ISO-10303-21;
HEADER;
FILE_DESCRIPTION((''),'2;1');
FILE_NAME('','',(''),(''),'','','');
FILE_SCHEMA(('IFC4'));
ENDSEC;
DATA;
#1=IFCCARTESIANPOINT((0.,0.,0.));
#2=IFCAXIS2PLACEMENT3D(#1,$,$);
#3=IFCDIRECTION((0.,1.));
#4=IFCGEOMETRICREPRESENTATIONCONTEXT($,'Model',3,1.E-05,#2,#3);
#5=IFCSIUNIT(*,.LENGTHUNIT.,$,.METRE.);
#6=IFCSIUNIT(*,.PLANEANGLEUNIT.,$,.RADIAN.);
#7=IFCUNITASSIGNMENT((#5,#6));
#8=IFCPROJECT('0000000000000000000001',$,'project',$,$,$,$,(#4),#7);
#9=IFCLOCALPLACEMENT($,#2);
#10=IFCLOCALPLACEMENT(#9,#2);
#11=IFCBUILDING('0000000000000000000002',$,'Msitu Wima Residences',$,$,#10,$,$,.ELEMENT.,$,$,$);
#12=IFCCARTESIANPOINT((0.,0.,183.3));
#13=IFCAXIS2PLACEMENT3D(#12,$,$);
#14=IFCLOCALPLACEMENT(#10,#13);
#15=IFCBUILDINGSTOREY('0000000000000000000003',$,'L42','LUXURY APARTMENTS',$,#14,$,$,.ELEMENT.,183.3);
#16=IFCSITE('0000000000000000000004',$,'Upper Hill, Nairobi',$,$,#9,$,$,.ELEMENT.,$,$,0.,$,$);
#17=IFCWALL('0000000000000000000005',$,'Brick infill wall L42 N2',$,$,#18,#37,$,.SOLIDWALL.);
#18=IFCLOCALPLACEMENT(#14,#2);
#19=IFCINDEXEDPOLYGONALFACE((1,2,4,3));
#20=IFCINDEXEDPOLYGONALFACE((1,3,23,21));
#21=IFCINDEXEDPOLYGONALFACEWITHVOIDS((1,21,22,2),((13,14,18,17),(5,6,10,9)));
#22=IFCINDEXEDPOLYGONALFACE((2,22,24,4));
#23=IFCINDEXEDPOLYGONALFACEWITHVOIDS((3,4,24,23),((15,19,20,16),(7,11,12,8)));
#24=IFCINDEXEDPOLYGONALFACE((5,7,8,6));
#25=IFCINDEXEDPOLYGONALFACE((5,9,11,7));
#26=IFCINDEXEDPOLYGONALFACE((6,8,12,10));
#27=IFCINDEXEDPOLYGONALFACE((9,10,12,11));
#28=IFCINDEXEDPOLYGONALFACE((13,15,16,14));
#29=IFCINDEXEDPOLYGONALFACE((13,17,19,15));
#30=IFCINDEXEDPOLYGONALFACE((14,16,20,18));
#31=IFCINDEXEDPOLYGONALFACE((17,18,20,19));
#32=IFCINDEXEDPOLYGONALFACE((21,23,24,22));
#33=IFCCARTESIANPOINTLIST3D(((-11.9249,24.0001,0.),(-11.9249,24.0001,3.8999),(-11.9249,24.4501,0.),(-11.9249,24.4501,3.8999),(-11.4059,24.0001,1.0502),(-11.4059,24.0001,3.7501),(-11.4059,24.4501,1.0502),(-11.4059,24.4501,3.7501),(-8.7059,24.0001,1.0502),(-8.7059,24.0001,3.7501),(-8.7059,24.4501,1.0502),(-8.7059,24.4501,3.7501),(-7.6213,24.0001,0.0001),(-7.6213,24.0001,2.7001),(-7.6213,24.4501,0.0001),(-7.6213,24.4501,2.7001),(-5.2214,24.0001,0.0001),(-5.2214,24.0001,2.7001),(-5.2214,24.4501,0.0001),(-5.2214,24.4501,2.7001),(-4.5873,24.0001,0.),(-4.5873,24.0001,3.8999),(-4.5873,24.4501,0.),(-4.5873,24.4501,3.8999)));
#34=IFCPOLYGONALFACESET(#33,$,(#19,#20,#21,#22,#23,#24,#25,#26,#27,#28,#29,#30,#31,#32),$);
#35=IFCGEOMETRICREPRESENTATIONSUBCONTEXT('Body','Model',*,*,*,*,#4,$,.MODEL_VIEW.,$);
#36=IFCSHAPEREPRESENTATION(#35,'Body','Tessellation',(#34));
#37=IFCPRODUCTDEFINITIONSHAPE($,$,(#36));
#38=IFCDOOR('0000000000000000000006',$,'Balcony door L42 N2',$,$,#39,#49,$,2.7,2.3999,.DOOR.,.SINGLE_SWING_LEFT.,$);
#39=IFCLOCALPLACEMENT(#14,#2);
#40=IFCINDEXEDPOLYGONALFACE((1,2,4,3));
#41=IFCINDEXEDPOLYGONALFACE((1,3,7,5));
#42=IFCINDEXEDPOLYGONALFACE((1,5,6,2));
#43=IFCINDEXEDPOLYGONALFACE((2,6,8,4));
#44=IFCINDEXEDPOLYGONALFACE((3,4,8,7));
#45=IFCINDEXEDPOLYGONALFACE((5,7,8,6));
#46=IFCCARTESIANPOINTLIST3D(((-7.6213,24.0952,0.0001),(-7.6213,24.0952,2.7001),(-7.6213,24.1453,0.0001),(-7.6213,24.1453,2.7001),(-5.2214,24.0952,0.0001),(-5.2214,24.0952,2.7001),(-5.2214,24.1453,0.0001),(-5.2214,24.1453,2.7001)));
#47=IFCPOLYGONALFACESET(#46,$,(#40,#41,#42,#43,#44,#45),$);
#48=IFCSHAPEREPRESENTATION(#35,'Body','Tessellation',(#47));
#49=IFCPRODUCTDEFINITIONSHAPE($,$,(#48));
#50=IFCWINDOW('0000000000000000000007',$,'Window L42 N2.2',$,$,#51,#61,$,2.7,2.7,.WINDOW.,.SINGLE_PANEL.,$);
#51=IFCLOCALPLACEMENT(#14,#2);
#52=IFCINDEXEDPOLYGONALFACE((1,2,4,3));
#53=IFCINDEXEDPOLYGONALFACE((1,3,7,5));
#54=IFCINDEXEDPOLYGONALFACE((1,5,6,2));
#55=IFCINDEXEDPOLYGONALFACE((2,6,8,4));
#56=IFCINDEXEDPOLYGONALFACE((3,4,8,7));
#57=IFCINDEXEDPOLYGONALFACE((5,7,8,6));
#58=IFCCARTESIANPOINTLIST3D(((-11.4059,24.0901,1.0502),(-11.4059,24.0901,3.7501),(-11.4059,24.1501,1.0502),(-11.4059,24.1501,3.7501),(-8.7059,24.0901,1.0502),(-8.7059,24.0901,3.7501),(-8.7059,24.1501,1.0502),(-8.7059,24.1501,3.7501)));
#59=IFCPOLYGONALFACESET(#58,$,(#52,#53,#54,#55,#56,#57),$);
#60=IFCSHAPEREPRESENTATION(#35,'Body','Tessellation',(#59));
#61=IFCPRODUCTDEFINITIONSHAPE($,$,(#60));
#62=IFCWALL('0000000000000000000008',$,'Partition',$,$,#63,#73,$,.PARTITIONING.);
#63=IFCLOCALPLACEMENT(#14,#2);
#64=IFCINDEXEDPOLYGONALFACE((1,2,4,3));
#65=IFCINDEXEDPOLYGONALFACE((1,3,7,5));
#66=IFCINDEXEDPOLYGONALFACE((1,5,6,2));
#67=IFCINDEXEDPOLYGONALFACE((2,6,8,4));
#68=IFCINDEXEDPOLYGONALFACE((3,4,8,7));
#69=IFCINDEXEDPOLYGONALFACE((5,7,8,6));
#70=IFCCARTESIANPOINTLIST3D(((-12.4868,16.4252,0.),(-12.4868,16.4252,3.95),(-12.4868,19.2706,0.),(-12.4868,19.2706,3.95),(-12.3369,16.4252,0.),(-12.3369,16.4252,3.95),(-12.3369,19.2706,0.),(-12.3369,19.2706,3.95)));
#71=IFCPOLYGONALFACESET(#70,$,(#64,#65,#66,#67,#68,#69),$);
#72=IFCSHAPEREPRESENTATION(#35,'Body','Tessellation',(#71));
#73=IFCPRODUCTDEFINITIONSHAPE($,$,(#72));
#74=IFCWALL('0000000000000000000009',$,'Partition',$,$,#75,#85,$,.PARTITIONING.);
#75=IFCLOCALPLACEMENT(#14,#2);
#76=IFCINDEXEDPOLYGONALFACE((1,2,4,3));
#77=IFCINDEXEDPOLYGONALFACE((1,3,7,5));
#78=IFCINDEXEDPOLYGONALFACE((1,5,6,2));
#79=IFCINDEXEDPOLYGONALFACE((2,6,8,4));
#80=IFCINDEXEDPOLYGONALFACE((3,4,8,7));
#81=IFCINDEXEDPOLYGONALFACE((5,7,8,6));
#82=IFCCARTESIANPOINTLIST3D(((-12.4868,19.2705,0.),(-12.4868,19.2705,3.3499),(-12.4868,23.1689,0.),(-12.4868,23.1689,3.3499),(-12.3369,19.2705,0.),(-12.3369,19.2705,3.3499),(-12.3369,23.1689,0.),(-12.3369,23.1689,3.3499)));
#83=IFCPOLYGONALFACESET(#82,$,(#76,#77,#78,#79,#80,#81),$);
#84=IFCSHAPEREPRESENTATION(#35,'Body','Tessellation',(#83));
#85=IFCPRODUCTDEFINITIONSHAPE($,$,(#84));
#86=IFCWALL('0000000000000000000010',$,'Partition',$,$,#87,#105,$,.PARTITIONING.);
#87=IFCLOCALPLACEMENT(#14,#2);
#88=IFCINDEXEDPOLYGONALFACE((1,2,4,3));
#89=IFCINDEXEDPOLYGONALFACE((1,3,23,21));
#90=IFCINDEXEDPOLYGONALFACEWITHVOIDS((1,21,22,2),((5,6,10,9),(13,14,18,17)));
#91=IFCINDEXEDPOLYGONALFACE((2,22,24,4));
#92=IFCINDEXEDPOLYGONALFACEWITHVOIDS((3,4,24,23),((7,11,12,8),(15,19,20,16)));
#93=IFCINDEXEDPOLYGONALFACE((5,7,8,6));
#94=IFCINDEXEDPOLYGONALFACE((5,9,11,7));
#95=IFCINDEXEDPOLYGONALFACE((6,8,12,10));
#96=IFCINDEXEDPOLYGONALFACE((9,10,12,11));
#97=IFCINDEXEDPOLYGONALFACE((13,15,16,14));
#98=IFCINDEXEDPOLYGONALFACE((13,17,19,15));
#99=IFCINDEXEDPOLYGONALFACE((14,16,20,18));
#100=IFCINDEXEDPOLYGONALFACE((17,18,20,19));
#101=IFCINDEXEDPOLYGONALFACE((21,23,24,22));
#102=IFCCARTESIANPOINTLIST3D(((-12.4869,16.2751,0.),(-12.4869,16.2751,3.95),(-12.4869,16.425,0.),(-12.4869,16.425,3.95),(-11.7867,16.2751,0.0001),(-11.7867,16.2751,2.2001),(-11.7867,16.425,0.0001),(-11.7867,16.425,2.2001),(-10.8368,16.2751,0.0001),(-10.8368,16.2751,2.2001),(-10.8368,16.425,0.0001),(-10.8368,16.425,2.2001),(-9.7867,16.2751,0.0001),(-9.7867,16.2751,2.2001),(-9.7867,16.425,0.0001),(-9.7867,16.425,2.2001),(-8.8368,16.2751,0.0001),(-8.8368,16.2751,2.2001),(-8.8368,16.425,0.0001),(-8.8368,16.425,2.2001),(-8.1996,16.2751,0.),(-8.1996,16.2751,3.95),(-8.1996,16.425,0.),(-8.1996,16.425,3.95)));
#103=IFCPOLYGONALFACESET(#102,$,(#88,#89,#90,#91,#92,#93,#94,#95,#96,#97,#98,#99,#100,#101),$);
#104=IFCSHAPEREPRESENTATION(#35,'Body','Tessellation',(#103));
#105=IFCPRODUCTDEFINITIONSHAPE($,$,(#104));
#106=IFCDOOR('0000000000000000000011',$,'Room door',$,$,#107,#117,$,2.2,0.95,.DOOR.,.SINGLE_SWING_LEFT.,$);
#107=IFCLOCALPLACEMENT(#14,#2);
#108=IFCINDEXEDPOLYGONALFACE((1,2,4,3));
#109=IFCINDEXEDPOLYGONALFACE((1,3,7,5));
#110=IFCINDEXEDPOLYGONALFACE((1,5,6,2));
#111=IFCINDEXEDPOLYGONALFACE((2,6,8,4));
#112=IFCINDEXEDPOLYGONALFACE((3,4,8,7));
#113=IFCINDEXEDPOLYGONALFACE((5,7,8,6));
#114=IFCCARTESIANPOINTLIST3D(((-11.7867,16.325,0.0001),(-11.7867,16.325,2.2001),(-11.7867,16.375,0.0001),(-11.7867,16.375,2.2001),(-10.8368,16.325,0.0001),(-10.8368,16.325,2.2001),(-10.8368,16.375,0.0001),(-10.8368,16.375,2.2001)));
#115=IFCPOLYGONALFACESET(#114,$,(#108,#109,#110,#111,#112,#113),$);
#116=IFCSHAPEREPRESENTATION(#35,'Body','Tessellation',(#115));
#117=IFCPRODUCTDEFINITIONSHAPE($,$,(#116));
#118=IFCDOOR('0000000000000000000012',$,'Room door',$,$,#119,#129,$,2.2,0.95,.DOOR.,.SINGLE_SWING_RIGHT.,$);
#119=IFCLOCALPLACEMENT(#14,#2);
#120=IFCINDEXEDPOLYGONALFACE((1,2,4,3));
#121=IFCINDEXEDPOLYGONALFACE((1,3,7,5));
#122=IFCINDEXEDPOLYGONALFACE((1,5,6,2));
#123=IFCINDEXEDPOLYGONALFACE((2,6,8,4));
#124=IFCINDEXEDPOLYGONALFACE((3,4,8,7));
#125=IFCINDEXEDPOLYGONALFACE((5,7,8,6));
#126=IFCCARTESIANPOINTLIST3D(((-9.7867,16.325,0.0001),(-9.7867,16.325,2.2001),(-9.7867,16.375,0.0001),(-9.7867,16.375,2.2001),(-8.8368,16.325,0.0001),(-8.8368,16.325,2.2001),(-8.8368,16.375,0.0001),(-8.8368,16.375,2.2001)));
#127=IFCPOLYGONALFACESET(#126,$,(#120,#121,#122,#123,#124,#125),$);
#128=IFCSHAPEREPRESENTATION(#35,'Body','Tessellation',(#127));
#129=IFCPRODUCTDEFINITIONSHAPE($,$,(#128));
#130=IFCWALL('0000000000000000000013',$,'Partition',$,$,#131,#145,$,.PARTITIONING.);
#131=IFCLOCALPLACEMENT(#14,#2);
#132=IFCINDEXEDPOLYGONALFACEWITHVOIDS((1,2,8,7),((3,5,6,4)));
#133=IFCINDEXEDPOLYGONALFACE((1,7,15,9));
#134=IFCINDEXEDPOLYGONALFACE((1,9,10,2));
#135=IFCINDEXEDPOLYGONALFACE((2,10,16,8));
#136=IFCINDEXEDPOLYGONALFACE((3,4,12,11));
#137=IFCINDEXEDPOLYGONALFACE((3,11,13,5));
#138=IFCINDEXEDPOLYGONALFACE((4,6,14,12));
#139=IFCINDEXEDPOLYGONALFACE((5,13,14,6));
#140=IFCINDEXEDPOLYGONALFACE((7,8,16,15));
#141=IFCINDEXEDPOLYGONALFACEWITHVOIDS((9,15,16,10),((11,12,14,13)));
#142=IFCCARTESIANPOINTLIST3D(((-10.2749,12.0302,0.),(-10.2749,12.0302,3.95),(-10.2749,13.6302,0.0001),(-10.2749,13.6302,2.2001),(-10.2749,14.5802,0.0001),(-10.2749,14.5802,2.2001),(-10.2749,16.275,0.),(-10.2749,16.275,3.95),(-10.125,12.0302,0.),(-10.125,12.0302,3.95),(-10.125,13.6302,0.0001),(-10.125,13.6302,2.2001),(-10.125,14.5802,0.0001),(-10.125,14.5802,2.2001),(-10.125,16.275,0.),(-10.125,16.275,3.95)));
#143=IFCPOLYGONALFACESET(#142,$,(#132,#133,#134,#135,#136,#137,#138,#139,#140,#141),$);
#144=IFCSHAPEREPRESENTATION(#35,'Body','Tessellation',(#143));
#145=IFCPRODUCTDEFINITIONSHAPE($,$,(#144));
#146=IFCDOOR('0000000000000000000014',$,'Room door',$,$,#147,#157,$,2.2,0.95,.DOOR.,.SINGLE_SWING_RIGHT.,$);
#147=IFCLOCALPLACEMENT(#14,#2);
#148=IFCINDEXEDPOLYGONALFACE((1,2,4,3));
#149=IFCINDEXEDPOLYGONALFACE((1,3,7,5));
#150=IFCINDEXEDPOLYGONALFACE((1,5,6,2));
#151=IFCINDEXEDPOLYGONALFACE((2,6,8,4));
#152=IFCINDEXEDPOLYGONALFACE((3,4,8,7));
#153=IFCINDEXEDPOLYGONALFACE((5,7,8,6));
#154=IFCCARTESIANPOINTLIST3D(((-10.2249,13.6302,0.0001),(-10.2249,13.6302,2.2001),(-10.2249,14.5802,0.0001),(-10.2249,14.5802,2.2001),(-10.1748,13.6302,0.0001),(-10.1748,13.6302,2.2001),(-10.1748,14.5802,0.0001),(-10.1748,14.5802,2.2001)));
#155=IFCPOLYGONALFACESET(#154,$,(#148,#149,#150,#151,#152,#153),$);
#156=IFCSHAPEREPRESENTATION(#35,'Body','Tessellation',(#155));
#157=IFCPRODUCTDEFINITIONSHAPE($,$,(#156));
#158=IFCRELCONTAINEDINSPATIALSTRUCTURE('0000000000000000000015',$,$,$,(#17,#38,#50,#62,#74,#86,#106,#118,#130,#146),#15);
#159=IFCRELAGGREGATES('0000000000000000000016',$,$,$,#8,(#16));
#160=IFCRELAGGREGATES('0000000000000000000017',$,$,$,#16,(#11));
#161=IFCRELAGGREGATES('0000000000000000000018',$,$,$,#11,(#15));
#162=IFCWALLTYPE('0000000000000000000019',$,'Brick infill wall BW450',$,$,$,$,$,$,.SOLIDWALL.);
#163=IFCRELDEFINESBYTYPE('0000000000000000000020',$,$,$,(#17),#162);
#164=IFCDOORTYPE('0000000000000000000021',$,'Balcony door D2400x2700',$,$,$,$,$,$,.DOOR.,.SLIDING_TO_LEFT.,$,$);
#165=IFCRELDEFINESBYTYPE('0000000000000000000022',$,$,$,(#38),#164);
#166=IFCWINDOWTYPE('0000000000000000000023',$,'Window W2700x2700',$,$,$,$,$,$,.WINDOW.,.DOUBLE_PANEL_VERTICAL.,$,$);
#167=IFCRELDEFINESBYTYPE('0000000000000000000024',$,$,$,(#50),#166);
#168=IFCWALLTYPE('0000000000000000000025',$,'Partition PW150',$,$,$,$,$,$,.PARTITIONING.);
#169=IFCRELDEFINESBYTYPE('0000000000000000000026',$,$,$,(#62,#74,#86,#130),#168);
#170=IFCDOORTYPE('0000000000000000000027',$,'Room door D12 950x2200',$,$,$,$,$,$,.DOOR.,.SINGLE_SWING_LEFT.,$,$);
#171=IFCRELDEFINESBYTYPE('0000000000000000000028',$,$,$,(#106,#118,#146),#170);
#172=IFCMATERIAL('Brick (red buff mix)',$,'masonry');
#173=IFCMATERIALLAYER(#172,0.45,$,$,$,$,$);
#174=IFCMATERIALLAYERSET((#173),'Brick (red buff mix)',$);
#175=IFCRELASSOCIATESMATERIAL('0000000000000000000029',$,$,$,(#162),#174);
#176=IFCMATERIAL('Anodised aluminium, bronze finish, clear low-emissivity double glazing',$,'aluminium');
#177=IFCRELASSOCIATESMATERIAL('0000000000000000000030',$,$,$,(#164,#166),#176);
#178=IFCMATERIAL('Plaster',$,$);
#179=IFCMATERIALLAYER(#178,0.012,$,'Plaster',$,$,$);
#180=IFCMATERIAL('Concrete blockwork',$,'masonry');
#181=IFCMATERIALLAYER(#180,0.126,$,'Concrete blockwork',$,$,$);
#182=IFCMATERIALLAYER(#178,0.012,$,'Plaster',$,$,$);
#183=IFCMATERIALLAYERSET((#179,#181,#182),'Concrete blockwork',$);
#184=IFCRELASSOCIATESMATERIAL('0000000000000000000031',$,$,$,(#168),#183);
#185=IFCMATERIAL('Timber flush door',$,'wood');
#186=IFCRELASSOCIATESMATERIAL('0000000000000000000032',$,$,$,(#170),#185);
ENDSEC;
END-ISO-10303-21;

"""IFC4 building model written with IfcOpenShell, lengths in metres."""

from ifc_helpers import new_model, si_unit, direction, frame, frame_2d, origin, place, context, subcontext, project, spatial, rectangle, extrude, material, layer, layer_set, type_object, element, fill, save


model = new_model("IFC4")

# Units and contexts
model_context = context("Model", 3, precision=1e-05, world=origin(), true_north=direction((0.0, 1.0)))
body_context = subcontext(model_context, "Body", "Model", "MODEL_VIEW")
ifc_project = project(units=[si_unit("LENGTHUNIT", "METRE"), si_unit("PLANEANGLEUNIT", "RADIAN")], contexts=[model_context])

# Site, building, storey
site_placement = place(None, origin())
site = spatial("IfcSite", under=ifc_project, at=site_placement, Name="Upper Hill, Nairobi", CompositionType="ELEMENT", RefElevation=0.0)
building_placement = place(site_placement, origin())
building = spatial("IfcBuilding", under=site, at=building_placement, Name="Msitu Wima Residences", CompositionType="ELEMENT")
storey_placement = place(building_placement, frame((0.0, 0.0, 183.3)))
storey = spatial("IfcBuildingStorey", under=building, at=storey_placement, Name="L42", Description="LUXURY APARTMENTS", CompositionType="ELEMENT", Elevation=183.3)

# Wall, openings, door, window
ifc_material_1 = material(Name="Brick (red buff mix)", Category="masonry")
ifc_layer_1 = layer(ifc_material_1, 0.45)
ifc_layer_set_1 = layer_set([ifc_layer_1], Name="Brick (red buff mix)")
wall_type_1 = type_object("IfcWallType", Name="Brick infill wall BW450", PredefinedType="SOLIDWALL", material=ifc_layer_set_1)
wall_1_placement = place(storey_placement, frame((-4.5872, 24.2251, 0.0), z_axis=(0.0, 0.0, 1.0), x_axis=(-1.0, 0.0, 0.0)))
wall_1 = element("IfcWall", 1, at=wall_1_placement, inside=storey, type_object=wall_type_1, Name="Brick infill wall L42 N2", PredefinedType="SOLIDWALL", context=body_context, shape_type="SweptSolid", body=[
    extrude(rectangle(XDim=7.3376, YDim=0.45, at=frame_2d((3.6689, 0.0))), origin(), (0.0, 0.0, 1.0), 3.8999),
])
opening_1_placement = place(wall_1_placement, frame((0.6343, 0.0, 0.0)))
opening_1 = element("IfcOpeningElement", 2, at=opening_1_placement, cuts=wall_1, PredefinedType="OPENING", context=body_context, shape_type="SweptSolid", body=[
    extrude(rectangle(XDim=2.3999, YDim=2.7, at=frame_2d((1.2, 1.3501))), frame((0.0, 0.2349, 0.0), z_axis=(0.0, -1.0, 0.0), x_axis=(1.0, 0.0, 0.0)), (0.0, 0.0, 1.0), 0.47),
])
opening_2_placement = place(wall_1_placement, frame((4.1187, 0.0, 1.05)))
opening_2 = element("IfcOpeningElement", 3, at=opening_2_placement, cuts=wall_1, PredefinedType="OPENING", context=body_context, shape_type="SweptSolid", body=[
    extrude(rectangle(XDim=2.7, YDim=2.7, at=frame_2d((1.3501, 1.3501))), frame((0.0, 0.2349, 0.0), z_axis=(0.0, -1.0, 0.0), x_axis=(1.0, 0.0, 0.0)), (0.0, 0.0, 1.0), 0.47),
])
ifc_material_2 = material(Name="Anodised aluminium, bronze finish, clear low-emissivity double glazing", Category="aluminium")
door_type_1 = type_object("IfcDoorType", Name="Balcony door D2400x2700", OperationType="SLIDING_TO_LEFT", PredefinedType="DOOR", material=ifc_material_2)
door_1_placement = place(opening_1_placement, origin())
door_1 = element("IfcDoor", 4, at=door_1_placement, inside=storey, type_object=door_type_1, Name="Balcony door L42 N2", OperationType="SINGLE_SWING_LEFT", OverallHeight=2.7, OverallWidth=2.3999, PredefinedType="DOOR", context=body_context, shape_type="SweptSolid", body=[
    extrude(rectangle(XDim=2.3999, YDim=2.7, at=frame_2d((1.2, 1.3501))), frame((0.0, 0.1299, 0.0), z_axis=(0.0, -1.0, 0.0), x_axis=(1.0, 0.0, 0.0)), (0.0, 0.0, 1.0), 0.05),
])
fill(opening_1, door_1)
window_type = type_object("IfcWindowType", Name="Window W2700x2700", PartitioningType="DOUBLE_PANEL_VERTICAL", PredefinedType="WINDOW", material=ifc_material_2)
window_placement = place(opening_2_placement, origin())
window = element("IfcWindow", 5, at=window_placement, inside=storey, type_object=window_type, Name="Window L42 N2.2", OverallHeight=2.7, OverallWidth=2.7, PartitioningType="SINGLE_PANEL", PredefinedType="WINDOW", context=body_context, shape_type="SweptSolid", body=[
    extrude(rectangle(XDim=2.7, YDim=2.7, at=frame_2d((1.3501, 1.3501))), frame((0.0, 0.135, 0.0), z_axis=(0.0, -1.0, 0.0), x_axis=(1.0, 0.0, 0.0)), (0.0, 0.0, 1.0), 0.0601),
])
fill(opening_2, window)

# Walls
ifc_material_3 = material(Name="Plaster")
ifc_layer_2 = layer(ifc_material_3, 0.012, Name="Plaster")
ifc_material_4 = material(Name="Concrete blockwork", Category="masonry")
ifc_layer_3 = layer(ifc_material_4, 0.126, Name="Concrete blockwork")
ifc_layer_4 = layer(ifc_material_3, 0.012, Name="Plaster")
ifc_layer_set_2 = layer_set([ifc_layer_2, ifc_layer_3, ifc_layer_4], Name="Concrete blockwork")
wall_type_2 = type_object("IfcWallType", Name="Partition PW150", PredefinedType="PARTITIONING", material=ifc_layer_set_2)
wall_2_placement = place(storey_placement, frame((-12.4119, 16.425, 0.0), z_axis=(0.0, 0.0, 1.0), x_axis=(0.0, 1.0, 0.0)))
element("IfcWall", 6, at=wall_2_placement, inside=storey, type_object=wall_type_2, Name="Partition", PredefinedType="PARTITIONING", context=body_context, shape_type="SweptSolid", body=[
    extrude(rectangle(XDim=2.8455, YDim=0.1499, at=frame_2d((1.4229, 0.0))), origin(), (0.0, 0.0, 1.0), 3.95),
])
wall_3_placement = place(storey_placement, frame((-12.4119, 19.2705, 0.0), z_axis=(0.0, 0.0, 1.0), x_axis=(0.0, 1.0, 0.0)))
element("IfcWall", 7, at=wall_3_placement, inside=storey, type_object=wall_type_2, Name="Partition", PredefinedType="PARTITIONING", context=body_context, shape_type="SweptSolid", body=[
    extrude(rectangle(XDim=3.8984, YDim=0.1499, at=frame_2d((1.9492, 0.0))), origin(), (0.0, 0.0, 1.0), 3.3499),
])

# Wall, openings, doors
wall_4_placement = place(storey_placement, frame((-12.4868, 16.3501, 0.0), z_axis=(0.0, 0.0, 1.0), x_axis=(1.0, 0.0, 0.0)))
wall_4 = element("IfcWall", 8, at=wall_4_placement, inside=storey, type_object=wall_type_2, Name="Partition", PredefinedType="PARTITIONING", context=body_context, shape_type="SweptSolid", body=[
    extrude(rectangle(XDim=4.2874, YDim=0.1499, at=frame_2d((2.1436, 0.0))), origin(), (0.0, 0.0, 1.0), 3.95),
])
opening_3_placement = place(wall_4_placement, frame((0.7, 0.0, 0.0)))
opening_3 = element("IfcOpeningElement", 9, at=opening_3_placement, cuts=wall_4, PredefinedType="OPENING", context=body_context, shape_type="SweptSolid", body=[
    extrude(rectangle(XDim=0.95, YDim=2.2, at=frame_2d((0.4751, 1.1001))), frame((0.0, 0.085, 0.0), z_axis=(0.0, -1.0, 0.0), x_axis=(1.0, 0.0, 0.0)), (0.0, 0.0, 1.0), 0.1699),
])
opening_4_placement = place(wall_4_placement, frame((2.7, 0.0, 0.0)))
opening_4 = element("IfcOpeningElement", 10, at=opening_4_placement, cuts=wall_4, PredefinedType="OPENING", context=body_context, shape_type="SweptSolid", body=[
    extrude(rectangle(XDim=0.95, YDim=2.2, at=frame_2d((0.4751, 1.1001))), frame((0.0, 0.085, 0.0), z_axis=(0.0, -1.0, 0.0), x_axis=(1.0, 0.0, 0.0)), (0.0, 0.0, 1.0), 0.1699),
])
ifc_material_5 = material(Name="Timber flush door", Category="wood")
door_type_2 = type_object("IfcDoorType", Name="Room door D12 950x2200", OperationType="SINGLE_SWING_LEFT", PredefinedType="DOOR", material=ifc_material_5)
door_2_placement = place(opening_3_placement, origin())
door_2 = element("IfcDoor", 11, at=door_2_placement, inside=storey, type_object=door_type_2, Name="Room door", OperationType="SINGLE_SWING_LEFT", OverallHeight=2.2, OverallWidth=0.95, PredefinedType="DOOR", context=body_context, shape_type="SweptSolid", body=[
    extrude(rectangle(XDim=0.95, YDim=2.2, at=frame_2d((0.4751, 1.1001))), frame((0.0, 0.0249, 0.0), z_axis=(0.0, -1.0, 0.0), x_axis=(1.0, 0.0, 0.0)), (0.0, 0.0, 1.0), 0.05),
])
fill(opening_3, door_2)
door_3_placement = place(opening_4_placement, origin())
door_3 = element("IfcDoor", 12, at=door_3_placement, inside=storey, type_object=door_type_2, Name="Room door", OperationType="SINGLE_SWING_RIGHT", OverallHeight=2.2, OverallWidth=0.95, PredefinedType="DOOR", context=body_context, shape_type="SweptSolid", body=[
    extrude(rectangle(XDim=0.95, YDim=2.2, at=frame_2d((0.4751, 1.1001))), frame((0.0, 0.0249, 0.0), z_axis=(0.0, -1.0, 0.0), x_axis=(1.0, 0.0, 0.0)), (0.0, 0.0, 1.0), 0.05),
])
fill(opening_4, door_3)

# Wall, opening, door
wall_5_placement = place(storey_placement, frame((-10.2, 12.03, 0.0), z_axis=(0.0, 0.0, 1.0), x_axis=(0.0, 1.0, 0.0)))
wall_5 = element("IfcWall", 13, at=wall_5_placement, inside=storey, type_object=wall_type_2, Name="Partition", PredefinedType="PARTITIONING", context=body_context, shape_type="SweptSolid", body=[
    extrude(rectangle(XDim=4.2449, YDim=0.1499, at=frame_2d((2.1226, 0.0))), origin(), (0.0, 0.0, 1.0), 3.95),
])
opening_5_placement = place(wall_5_placement, frame((1.6001, 0.0, 0.0)))
opening_5 = element("IfcOpeningElement", 14, at=opening_5_placement, cuts=wall_5, PredefinedType="OPENING", context=body_context, shape_type="SweptSolid", body=[
    extrude(rectangle(XDim=0.95, YDim=2.2, at=frame_2d((0.4751, 1.1001))), frame((0.0, 0.085, 0.0), z_axis=(0.0, -1.0, 0.0), x_axis=(1.0, 0.0, 0.0)), (0.0, 0.0, 1.0), 0.1699),
])
door_4_placement = place(opening_5_placement, origin())
door_4 = element("IfcDoor", 15, at=door_4_placement, inside=storey, type_object=door_type_2, Name="Room door", OperationType="SINGLE_SWING_RIGHT", OverallHeight=2.2, OverallWidth=0.95, PredefinedType="DOOR", context=body_context, shape_type="SweptSolid", body=[
    extrude(rectangle(XDim=0.95, YDim=2.2, at=frame_2d((0.4751, 1.1001))), frame((0.0, 0.0249, 0.0), z_axis=(0.0, -1.0, 0.0), x_axis=(1.0, 0.0, 0.0)), (0.0, 0.0, 1.0), 0.05),
])
fill(opening_5, door_4)

save(model, "model.ifc")
